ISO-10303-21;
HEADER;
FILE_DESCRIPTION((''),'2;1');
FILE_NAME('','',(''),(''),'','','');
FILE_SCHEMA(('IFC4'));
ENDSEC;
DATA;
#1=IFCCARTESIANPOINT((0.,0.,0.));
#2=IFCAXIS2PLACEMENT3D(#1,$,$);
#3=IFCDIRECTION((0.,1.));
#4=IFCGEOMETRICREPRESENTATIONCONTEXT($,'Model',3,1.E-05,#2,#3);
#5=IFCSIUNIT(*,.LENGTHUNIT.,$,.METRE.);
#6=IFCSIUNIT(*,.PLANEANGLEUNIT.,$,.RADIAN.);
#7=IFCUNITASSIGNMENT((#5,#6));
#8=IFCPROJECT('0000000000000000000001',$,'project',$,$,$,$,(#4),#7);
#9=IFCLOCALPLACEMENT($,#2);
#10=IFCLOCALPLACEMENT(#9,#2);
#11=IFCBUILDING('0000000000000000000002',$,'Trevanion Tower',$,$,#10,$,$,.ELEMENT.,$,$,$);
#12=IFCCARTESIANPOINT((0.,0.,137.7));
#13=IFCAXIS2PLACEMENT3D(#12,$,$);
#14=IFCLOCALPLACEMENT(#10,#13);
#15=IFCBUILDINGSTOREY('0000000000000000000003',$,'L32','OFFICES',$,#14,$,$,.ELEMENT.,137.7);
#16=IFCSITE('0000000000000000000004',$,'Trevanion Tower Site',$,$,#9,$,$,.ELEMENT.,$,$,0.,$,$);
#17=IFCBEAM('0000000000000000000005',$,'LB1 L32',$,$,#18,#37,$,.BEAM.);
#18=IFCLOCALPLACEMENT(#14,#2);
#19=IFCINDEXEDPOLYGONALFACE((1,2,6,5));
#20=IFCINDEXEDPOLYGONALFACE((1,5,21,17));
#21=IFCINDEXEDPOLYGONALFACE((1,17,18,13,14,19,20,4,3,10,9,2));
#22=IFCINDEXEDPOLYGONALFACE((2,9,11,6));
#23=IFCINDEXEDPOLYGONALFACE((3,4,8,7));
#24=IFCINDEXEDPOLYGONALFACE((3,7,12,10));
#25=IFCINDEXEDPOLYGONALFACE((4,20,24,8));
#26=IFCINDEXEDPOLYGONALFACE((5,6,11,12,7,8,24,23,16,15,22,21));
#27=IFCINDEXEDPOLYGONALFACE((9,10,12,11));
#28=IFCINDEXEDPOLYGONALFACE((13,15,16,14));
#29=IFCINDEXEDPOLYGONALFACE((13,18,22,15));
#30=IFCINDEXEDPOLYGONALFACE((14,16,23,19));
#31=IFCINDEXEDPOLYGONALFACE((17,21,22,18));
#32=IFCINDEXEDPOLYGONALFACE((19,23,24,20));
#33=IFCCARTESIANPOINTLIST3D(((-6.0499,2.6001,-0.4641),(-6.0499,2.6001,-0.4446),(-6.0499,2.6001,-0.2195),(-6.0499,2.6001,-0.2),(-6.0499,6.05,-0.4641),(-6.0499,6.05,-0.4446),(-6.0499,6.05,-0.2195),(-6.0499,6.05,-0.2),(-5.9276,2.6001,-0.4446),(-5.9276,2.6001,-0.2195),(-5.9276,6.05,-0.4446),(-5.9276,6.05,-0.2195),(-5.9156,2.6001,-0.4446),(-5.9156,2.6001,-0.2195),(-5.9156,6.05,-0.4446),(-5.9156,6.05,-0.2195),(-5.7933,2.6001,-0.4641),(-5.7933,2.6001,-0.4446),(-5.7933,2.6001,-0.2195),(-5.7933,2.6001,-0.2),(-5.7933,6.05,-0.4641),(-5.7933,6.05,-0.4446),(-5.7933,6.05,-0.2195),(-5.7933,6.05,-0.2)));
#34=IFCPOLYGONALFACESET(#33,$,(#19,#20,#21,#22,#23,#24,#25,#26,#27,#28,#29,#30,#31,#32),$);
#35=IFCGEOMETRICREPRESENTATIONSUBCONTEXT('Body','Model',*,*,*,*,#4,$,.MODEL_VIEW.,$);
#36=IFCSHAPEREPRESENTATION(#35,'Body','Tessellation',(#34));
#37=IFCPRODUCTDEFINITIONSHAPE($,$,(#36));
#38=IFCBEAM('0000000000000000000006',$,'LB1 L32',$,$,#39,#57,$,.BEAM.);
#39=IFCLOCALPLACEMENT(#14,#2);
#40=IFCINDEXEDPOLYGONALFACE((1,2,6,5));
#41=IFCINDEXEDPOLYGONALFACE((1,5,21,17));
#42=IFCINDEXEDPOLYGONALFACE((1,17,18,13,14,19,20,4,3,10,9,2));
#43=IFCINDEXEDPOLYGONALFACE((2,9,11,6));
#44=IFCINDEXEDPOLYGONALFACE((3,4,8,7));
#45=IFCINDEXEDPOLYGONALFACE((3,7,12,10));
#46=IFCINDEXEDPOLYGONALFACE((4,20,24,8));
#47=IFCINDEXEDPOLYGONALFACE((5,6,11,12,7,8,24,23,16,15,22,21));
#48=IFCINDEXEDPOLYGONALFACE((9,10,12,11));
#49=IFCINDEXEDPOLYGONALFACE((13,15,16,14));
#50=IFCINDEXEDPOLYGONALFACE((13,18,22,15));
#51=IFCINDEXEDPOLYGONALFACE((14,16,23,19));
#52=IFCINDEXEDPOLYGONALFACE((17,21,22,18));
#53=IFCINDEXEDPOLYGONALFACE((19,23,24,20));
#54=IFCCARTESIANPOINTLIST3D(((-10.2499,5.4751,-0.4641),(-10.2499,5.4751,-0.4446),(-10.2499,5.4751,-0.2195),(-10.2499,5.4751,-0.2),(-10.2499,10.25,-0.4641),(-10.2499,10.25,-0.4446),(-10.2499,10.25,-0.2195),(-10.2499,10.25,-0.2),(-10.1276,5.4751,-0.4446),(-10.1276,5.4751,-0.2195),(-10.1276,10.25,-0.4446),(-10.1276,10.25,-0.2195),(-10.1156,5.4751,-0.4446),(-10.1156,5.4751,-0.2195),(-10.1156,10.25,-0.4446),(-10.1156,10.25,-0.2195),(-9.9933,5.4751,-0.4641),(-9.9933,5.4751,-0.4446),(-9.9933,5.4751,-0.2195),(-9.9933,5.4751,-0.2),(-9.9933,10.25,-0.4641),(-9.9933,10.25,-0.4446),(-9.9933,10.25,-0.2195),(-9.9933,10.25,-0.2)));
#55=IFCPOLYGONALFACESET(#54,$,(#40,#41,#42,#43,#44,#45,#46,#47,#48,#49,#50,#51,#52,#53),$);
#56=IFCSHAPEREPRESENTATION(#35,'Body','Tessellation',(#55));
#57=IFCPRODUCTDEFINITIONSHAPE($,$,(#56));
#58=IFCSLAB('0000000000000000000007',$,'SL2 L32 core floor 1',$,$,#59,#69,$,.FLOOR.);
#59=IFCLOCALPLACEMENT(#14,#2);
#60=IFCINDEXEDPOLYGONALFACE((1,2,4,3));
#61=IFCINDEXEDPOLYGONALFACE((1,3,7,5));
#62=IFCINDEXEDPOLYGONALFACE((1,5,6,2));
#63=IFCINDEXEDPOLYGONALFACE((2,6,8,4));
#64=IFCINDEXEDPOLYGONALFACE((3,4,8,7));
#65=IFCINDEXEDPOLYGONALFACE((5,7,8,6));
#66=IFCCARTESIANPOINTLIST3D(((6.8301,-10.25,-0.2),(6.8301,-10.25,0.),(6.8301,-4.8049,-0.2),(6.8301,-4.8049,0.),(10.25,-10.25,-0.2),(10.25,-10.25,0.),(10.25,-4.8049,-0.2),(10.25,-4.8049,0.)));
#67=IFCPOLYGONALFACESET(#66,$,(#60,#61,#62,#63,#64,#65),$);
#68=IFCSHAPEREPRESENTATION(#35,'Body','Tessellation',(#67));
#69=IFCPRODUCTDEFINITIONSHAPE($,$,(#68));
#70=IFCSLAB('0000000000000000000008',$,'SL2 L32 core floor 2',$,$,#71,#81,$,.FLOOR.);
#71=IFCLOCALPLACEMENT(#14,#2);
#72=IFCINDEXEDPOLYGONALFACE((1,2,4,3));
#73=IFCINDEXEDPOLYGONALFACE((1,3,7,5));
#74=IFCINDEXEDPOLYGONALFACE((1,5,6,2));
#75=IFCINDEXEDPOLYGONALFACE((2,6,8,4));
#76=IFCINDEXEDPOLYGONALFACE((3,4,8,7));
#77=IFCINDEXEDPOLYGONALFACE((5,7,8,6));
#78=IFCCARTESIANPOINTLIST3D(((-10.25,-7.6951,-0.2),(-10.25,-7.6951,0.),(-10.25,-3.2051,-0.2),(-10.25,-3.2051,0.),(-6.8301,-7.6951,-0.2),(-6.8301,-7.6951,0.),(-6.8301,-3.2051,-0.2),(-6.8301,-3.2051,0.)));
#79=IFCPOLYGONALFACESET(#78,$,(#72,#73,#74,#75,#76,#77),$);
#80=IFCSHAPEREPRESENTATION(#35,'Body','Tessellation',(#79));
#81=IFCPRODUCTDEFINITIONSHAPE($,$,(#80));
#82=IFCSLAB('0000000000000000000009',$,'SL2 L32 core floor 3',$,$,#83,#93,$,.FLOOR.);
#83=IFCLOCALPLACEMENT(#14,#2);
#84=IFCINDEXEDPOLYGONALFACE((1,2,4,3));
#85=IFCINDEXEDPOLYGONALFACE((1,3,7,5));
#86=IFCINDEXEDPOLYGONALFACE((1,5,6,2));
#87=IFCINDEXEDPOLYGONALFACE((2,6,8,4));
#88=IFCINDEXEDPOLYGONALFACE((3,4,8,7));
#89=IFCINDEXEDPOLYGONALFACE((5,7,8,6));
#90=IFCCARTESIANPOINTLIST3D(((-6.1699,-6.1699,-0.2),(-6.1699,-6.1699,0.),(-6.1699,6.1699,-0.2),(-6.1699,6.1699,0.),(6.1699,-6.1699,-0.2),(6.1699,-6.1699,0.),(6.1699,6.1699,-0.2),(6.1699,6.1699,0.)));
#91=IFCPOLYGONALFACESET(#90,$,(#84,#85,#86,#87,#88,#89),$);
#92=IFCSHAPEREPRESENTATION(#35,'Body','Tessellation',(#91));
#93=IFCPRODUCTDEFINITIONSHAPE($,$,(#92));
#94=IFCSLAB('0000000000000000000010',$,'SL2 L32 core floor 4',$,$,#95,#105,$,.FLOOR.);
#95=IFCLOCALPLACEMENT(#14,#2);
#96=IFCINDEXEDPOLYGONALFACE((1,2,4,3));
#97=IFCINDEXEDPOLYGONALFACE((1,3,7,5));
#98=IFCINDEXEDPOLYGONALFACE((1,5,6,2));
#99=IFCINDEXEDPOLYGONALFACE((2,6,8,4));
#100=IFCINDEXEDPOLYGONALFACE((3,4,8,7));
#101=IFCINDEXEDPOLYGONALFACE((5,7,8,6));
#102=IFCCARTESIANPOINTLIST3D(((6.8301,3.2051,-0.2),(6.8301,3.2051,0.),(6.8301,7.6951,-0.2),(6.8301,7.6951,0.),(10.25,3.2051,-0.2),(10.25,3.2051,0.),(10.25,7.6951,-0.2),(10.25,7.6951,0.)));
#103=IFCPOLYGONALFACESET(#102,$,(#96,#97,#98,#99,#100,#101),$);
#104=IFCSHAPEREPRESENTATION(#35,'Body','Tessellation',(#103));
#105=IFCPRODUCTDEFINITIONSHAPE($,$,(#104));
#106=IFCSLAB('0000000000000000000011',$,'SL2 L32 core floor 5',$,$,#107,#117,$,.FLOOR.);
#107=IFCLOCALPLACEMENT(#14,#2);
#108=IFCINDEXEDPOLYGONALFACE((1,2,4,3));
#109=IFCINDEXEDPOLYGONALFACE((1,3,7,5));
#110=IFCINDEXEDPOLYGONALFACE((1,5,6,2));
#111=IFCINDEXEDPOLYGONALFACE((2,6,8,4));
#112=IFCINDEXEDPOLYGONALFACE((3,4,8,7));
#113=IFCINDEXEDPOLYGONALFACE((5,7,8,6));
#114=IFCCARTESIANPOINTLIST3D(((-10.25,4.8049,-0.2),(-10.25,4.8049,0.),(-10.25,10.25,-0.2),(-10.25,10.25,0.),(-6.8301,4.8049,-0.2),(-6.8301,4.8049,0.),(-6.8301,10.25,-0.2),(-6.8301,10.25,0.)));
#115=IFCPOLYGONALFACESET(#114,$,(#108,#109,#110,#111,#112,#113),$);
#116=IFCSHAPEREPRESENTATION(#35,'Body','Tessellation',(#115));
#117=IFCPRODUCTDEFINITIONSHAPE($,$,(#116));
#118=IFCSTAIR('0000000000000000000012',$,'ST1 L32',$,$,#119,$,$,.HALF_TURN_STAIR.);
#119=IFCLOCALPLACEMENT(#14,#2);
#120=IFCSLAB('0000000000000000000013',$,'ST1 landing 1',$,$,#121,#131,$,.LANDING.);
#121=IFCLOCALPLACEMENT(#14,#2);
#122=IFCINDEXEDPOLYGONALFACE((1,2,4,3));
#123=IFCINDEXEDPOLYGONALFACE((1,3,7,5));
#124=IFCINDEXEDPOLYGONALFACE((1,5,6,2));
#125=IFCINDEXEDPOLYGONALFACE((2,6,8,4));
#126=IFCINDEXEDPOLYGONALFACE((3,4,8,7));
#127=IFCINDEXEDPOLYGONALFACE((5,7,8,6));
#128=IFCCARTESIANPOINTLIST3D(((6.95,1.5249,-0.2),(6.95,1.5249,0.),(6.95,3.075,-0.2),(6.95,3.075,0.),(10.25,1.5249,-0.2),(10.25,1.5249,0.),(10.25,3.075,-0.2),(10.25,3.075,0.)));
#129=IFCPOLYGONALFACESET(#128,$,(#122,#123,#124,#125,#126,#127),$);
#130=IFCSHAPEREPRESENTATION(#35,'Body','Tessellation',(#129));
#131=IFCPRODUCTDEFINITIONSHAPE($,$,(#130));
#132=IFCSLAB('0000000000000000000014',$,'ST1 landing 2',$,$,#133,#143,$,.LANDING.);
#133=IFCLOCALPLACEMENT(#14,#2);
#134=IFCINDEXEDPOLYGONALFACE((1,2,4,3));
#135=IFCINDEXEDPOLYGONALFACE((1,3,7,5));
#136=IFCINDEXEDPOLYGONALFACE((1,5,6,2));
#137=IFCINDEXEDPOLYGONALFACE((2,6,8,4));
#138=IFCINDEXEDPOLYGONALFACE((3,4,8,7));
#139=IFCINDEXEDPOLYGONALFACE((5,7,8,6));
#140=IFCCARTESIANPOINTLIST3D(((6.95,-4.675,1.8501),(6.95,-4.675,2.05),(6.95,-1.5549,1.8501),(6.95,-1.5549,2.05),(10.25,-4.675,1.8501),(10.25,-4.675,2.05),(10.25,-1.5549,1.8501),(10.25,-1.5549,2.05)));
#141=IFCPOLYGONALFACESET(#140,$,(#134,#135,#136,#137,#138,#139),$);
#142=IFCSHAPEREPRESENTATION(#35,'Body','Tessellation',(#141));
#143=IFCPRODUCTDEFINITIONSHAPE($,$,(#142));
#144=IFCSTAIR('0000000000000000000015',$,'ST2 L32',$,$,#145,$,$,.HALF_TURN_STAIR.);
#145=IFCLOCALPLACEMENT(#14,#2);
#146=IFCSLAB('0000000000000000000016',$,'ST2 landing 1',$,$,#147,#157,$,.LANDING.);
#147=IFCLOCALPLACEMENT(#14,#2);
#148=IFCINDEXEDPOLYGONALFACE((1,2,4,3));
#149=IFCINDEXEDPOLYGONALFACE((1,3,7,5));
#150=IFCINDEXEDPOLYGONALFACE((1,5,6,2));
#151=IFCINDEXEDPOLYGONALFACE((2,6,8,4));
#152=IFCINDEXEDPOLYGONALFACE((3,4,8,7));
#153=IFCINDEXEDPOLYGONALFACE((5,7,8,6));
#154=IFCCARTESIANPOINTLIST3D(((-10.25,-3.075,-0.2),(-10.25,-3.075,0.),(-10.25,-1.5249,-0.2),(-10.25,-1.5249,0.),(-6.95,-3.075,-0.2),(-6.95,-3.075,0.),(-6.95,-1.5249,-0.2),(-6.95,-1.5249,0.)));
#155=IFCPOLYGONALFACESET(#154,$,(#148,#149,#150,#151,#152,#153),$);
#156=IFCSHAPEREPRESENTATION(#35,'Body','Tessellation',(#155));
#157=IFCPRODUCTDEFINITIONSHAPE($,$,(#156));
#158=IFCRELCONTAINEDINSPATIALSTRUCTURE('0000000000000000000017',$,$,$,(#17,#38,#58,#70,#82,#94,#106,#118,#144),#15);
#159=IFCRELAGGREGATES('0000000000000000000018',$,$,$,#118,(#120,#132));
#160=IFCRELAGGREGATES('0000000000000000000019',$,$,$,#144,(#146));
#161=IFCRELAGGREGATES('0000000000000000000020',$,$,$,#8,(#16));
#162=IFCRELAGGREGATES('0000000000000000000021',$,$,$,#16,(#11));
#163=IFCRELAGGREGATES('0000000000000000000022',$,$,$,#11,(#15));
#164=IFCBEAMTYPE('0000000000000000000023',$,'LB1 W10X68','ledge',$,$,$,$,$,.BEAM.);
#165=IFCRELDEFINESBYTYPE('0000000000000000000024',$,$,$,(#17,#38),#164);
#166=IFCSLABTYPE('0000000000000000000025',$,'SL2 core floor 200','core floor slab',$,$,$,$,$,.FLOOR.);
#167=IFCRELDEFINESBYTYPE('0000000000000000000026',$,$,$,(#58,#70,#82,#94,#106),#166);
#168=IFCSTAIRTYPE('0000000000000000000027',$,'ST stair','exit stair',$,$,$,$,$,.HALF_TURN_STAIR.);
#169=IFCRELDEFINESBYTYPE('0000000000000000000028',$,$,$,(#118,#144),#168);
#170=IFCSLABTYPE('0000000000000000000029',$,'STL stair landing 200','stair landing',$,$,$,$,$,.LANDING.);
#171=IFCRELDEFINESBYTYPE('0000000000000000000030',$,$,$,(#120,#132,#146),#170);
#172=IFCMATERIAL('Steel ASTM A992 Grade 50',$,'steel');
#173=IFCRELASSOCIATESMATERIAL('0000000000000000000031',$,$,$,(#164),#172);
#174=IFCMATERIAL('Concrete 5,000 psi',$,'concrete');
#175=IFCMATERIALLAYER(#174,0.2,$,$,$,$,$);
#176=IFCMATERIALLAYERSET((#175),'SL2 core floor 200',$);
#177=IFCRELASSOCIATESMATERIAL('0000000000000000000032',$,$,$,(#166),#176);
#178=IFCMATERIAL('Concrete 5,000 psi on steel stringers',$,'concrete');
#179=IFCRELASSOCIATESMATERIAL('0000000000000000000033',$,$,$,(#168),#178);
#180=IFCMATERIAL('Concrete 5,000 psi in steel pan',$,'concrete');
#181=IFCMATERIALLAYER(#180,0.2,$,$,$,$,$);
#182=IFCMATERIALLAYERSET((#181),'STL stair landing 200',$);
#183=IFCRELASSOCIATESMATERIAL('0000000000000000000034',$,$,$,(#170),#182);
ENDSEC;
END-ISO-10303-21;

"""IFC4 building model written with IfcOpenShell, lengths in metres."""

from ifc_helpers import new_model, si_unit, direction, frame, origin, origin_2d, place, context, subcontext, project, spatial, polyline, i_section, outline, extrude, material, layer, layer_set, material_profile, profile_set, type_object, element, aggregate, save


model = new_model("IFC4")

# Units and contexts
model_context = context("Model", 3, precision=1e-05, world=origin(), true_north=direction((0.0, 1.0)))
body_context = subcontext(model_context, "Body", "Model", "MODEL_VIEW")
ifc_project = project(units=[si_unit("LENGTHUNIT", "METRE"), si_unit("PLANEANGLEUNIT", "RADIAN")], contexts=[model_context])

# Site, building, storey
site_placement = place(None, origin())
site = spatial("IfcSite", under=ifc_project, at=site_placement, Name="Trevanion Tower Site", CompositionType="ELEMENT", RefElevation=0.0)
building_placement = place(site_placement, origin())
building = spatial("IfcBuilding", under=site, at=building_placement, Name="Trevanion Tower", CompositionType="ELEMENT")
storey_placement = place(building_placement, frame((0.0, 0.0, 137.7)))
storey = spatial("IfcBuildingStorey", under=building, at=storey_placement, Name="L32", Description="OFFICES", CompositionType="ELEMENT", Elevation=137.7)

# Beams
ifc_material_1 = material(Name="Steel ASTM A992 Grade 50", Category="steel")
ifc_material_profile = material_profile(ifc_material_1, i_section(OverallWidth=0.2566, OverallDepth=0.2642, WebThickness=0.012, FlangeThickness=0.0195, at=origin_2d()), Name="W10X68")
ifc_profile_set = profile_set([ifc_material_profile], Name="Steel ASTM A992 Grade 50")
beam_type = type_object("IfcBeamType", Name="LB1 W10X68", Description="ledge", PredefinedType="BEAM", material=ifc_profile_set)
beam_1_placement = place(storey_placement, frame((-5.9216, 2.6001, -0.332), z_axis=(0.0, 1.0, 0.0), x_axis=(-1.0, 0.0, 0.0)))
element("IfcBeam", 1, at=beam_1_placement, inside=storey, type_object=beam_type, Name="LB1 L32", PredefinedType="BEAM", context=body_context, shape_type="SweptSolid", body=[
    extrude(i_section(OverallWidth=0.2566, OverallDepth=0.2642, WebThickness=0.012, FlangeThickness=0.0195, at=origin_2d()), origin(), (0.0, 0.0, 1.0), 3.45),
])
beam_2_placement = place(storey_placement, frame((-10.1216, 5.4751, -0.332), z_axis=(0.0, 1.0, 0.0), x_axis=(-1.0, 0.0, 0.0)))
element("IfcBeam", 2, at=beam_2_placement, inside=storey, type_object=beam_type, Name="LB1 L32", PredefinedType="BEAM", context=body_context, shape_type="SweptSolid", body=[
    extrude(i_section(OverallWidth=0.2566, OverallDepth=0.2642, WebThickness=0.012, FlangeThickness=0.0195, at=origin_2d()), origin(), (0.0, 0.0, 1.0), 4.7749),
])

# Slabs
ifc_material_2 = material(Name="Concrete 5,000 psi", Category="concrete")
ifc_layer_1 = layer(ifc_material_2, 0.2)
ifc_layer_set_1 = layer_set([ifc_layer_1], Name="SL2 core floor 200")
slab_type_1 = type_object("IfcSlabType", Name="SL2 core floor 200", Description="core floor slab", PredefinedType="FLOOR", material=ifc_layer_set_1)
slab_1_placement = place(storey_placement, frame((0.0, 0.0, -0.2)))
element("IfcSlab", 3, at=slab_1_placement, inside=storey, type_object=slab_type_1, Name="SL2 L32 core floor 1", PredefinedType="FLOOR", context=body_context, shape_type="SweptSolid", body=[
    extrude(outline(polyline([(10.25, -4.8049), (10.25, -10.25), (6.8301, -10.25), (6.8301, -4.8049), (10.25, -4.8049)])), origin(), (0.0, 0.0, 1.0), 0.2),
])
slab_2_placement = place(storey_placement, frame((0.0, 0.0, -0.2)))
element("IfcSlab", 4, at=slab_2_placement, inside=storey, type_object=slab_type_1, Name="SL2 L32 core floor 2", PredefinedType="FLOOR", context=body_context, shape_type="SweptSolid", body=[
    extrude(outline(polyline([(-6.8301, -3.2051), (-6.8301, -7.6951), (-10.25, -7.6951), (-10.25, -3.2051), (-6.8301, -3.2051)])), origin(), (0.0, 0.0, 1.0), 0.2),
])
slab_3_placement = place(storey_placement, frame((0.0, 0.0, -0.2)))
element("IfcSlab", 5, at=slab_3_placement, inside=storey, type_object=slab_type_1, Name="SL2 L32 core floor 3", PredefinedType="FLOOR", context=body_context, shape_type="SweptSolid", body=[
    extrude(outline(polyline([(6.1699, -6.1699), (-6.1699, -6.1699), (-6.1699, 6.1699), (6.1699, 6.1699), (6.1699, -6.1699)])), origin(), (0.0, 0.0, 1.0), 0.2),
])
slab_4_placement = place(storey_placement, frame((0.0, 0.0, -0.2)))
element("IfcSlab", 6, at=slab_4_placement, inside=storey, type_object=slab_type_1, Name="SL2 L32 core floor 4", PredefinedType="FLOOR", context=body_context, shape_type="SweptSolid", body=[
    extrude(outline(polyline([(6.8301, 3.2051), (6.8301, 7.6951), (10.25, 7.6951), (10.25, 3.2051), (6.8301, 3.2051)])), origin(), (0.0, 0.0, 1.0), 0.2),
])
slab_5_placement = place(storey_placement, frame((0.0, 0.0, -0.2)))
element("IfcSlab", 7, at=slab_5_placement, inside=storey, type_object=slab_type_1, Name="SL2 L32 core floor 5", PredefinedType="FLOOR", context=body_context, shape_type="SweptSolid", body=[
    extrude(outline(polyline([(-6.8301, 4.8049), (-10.25, 4.8049), (-10.25, 10.25), (-6.8301, 10.25), (-6.8301, 4.8049)])), origin(), (0.0, 0.0, 1.0), 0.2),
])

# Stair, slabs
ifc_material_3 = material(Name="Concrete 5,000 psi on steel stringers", Category="concrete")
stair_type = type_object("IfcStairType", Name="ST stair", Description="exit stair", PredefinedType="HALF_TURN_STAIR", material=ifc_material_3)
stair_1_placement = place(storey_placement, origin())
stair_1 = element("IfcStair", 8, at=stair_1_placement, inside=storey, type_object=stair_type, Name="ST1 L32", PredefinedType="HALF_TURN_STAIR")
ifc_material_4 = material(Name="Concrete 5,000 psi in steel pan", Category="concrete")
ifc_layer_2 = layer(ifc_material_4, 0.2)
ifc_layer_set_2 = layer_set([ifc_layer_2], Name="STL stair landing 200")
slab_type_2 = type_object("IfcSlabType", Name="STL stair landing 200", Description="stair landing", PredefinedType="LANDING", material=ifc_layer_set_2)
slab_6_placement = place(storey_placement, frame((0.0, 0.0, -0.2)))
slab_6 = element("IfcSlab", 9, at=slab_6_placement, type_object=slab_type_2, Name="ST1 landing 1", PredefinedType="LANDING", context=body_context, shape_type="SweptSolid", body=[
    extrude(outline(polyline([(6.95, 1.5249), (10.25, 1.5249), (10.25, 3.075), (6.95, 3.075), (6.95, 1.5249)])), origin(), (0.0, 0.0, 1.0), 0.2),
])
slab_7_placement = place(storey_placement, frame((0.0, 0.0, 1.8501)))
slab_7 = element("IfcSlab", 10, at=slab_7_placement, type_object=slab_type_2, Name="ST1 landing 2", PredefinedType="LANDING", context=body_context, shape_type="SweptSolid", body=[
    extrude(outline(polyline([(6.95, -4.675), (10.25, -4.675), (10.25, -1.5549), (6.95, -1.5549), (6.95, -4.675)])), origin(), (0.0, 0.0, 1.0), 0.2),
])
aggregate(stair_1, [slab_6, slab_7])

# Stair, slab
stair_2_placement = place(storey_placement, origin())
stair_2 = element("IfcStair", 11, at=stair_2_placement, inside=storey, type_object=stair_type, Name="ST2 L32", PredefinedType="HALF_TURN_STAIR")
slab_8_placement = place(storey_placement, frame((0.0, 0.0, -0.2)))
slab_8 = element("IfcSlab", 12, at=slab_8_placement, type_object=slab_type_2, Name="ST2 landing 1", PredefinedType="LANDING", context=body_context, shape_type="SweptSolid", body=[
    extrude(outline(polyline([(-6.95, -1.5249), (-10.25, -1.5249), (-10.25, -3.075), (-6.95, -3.075), (-6.95, -1.5249)])), origin(), (0.0, 0.0, 1.0), 0.2),
])

aggregate(stair_2, [slab_8])

save(model, "model.ifc")
